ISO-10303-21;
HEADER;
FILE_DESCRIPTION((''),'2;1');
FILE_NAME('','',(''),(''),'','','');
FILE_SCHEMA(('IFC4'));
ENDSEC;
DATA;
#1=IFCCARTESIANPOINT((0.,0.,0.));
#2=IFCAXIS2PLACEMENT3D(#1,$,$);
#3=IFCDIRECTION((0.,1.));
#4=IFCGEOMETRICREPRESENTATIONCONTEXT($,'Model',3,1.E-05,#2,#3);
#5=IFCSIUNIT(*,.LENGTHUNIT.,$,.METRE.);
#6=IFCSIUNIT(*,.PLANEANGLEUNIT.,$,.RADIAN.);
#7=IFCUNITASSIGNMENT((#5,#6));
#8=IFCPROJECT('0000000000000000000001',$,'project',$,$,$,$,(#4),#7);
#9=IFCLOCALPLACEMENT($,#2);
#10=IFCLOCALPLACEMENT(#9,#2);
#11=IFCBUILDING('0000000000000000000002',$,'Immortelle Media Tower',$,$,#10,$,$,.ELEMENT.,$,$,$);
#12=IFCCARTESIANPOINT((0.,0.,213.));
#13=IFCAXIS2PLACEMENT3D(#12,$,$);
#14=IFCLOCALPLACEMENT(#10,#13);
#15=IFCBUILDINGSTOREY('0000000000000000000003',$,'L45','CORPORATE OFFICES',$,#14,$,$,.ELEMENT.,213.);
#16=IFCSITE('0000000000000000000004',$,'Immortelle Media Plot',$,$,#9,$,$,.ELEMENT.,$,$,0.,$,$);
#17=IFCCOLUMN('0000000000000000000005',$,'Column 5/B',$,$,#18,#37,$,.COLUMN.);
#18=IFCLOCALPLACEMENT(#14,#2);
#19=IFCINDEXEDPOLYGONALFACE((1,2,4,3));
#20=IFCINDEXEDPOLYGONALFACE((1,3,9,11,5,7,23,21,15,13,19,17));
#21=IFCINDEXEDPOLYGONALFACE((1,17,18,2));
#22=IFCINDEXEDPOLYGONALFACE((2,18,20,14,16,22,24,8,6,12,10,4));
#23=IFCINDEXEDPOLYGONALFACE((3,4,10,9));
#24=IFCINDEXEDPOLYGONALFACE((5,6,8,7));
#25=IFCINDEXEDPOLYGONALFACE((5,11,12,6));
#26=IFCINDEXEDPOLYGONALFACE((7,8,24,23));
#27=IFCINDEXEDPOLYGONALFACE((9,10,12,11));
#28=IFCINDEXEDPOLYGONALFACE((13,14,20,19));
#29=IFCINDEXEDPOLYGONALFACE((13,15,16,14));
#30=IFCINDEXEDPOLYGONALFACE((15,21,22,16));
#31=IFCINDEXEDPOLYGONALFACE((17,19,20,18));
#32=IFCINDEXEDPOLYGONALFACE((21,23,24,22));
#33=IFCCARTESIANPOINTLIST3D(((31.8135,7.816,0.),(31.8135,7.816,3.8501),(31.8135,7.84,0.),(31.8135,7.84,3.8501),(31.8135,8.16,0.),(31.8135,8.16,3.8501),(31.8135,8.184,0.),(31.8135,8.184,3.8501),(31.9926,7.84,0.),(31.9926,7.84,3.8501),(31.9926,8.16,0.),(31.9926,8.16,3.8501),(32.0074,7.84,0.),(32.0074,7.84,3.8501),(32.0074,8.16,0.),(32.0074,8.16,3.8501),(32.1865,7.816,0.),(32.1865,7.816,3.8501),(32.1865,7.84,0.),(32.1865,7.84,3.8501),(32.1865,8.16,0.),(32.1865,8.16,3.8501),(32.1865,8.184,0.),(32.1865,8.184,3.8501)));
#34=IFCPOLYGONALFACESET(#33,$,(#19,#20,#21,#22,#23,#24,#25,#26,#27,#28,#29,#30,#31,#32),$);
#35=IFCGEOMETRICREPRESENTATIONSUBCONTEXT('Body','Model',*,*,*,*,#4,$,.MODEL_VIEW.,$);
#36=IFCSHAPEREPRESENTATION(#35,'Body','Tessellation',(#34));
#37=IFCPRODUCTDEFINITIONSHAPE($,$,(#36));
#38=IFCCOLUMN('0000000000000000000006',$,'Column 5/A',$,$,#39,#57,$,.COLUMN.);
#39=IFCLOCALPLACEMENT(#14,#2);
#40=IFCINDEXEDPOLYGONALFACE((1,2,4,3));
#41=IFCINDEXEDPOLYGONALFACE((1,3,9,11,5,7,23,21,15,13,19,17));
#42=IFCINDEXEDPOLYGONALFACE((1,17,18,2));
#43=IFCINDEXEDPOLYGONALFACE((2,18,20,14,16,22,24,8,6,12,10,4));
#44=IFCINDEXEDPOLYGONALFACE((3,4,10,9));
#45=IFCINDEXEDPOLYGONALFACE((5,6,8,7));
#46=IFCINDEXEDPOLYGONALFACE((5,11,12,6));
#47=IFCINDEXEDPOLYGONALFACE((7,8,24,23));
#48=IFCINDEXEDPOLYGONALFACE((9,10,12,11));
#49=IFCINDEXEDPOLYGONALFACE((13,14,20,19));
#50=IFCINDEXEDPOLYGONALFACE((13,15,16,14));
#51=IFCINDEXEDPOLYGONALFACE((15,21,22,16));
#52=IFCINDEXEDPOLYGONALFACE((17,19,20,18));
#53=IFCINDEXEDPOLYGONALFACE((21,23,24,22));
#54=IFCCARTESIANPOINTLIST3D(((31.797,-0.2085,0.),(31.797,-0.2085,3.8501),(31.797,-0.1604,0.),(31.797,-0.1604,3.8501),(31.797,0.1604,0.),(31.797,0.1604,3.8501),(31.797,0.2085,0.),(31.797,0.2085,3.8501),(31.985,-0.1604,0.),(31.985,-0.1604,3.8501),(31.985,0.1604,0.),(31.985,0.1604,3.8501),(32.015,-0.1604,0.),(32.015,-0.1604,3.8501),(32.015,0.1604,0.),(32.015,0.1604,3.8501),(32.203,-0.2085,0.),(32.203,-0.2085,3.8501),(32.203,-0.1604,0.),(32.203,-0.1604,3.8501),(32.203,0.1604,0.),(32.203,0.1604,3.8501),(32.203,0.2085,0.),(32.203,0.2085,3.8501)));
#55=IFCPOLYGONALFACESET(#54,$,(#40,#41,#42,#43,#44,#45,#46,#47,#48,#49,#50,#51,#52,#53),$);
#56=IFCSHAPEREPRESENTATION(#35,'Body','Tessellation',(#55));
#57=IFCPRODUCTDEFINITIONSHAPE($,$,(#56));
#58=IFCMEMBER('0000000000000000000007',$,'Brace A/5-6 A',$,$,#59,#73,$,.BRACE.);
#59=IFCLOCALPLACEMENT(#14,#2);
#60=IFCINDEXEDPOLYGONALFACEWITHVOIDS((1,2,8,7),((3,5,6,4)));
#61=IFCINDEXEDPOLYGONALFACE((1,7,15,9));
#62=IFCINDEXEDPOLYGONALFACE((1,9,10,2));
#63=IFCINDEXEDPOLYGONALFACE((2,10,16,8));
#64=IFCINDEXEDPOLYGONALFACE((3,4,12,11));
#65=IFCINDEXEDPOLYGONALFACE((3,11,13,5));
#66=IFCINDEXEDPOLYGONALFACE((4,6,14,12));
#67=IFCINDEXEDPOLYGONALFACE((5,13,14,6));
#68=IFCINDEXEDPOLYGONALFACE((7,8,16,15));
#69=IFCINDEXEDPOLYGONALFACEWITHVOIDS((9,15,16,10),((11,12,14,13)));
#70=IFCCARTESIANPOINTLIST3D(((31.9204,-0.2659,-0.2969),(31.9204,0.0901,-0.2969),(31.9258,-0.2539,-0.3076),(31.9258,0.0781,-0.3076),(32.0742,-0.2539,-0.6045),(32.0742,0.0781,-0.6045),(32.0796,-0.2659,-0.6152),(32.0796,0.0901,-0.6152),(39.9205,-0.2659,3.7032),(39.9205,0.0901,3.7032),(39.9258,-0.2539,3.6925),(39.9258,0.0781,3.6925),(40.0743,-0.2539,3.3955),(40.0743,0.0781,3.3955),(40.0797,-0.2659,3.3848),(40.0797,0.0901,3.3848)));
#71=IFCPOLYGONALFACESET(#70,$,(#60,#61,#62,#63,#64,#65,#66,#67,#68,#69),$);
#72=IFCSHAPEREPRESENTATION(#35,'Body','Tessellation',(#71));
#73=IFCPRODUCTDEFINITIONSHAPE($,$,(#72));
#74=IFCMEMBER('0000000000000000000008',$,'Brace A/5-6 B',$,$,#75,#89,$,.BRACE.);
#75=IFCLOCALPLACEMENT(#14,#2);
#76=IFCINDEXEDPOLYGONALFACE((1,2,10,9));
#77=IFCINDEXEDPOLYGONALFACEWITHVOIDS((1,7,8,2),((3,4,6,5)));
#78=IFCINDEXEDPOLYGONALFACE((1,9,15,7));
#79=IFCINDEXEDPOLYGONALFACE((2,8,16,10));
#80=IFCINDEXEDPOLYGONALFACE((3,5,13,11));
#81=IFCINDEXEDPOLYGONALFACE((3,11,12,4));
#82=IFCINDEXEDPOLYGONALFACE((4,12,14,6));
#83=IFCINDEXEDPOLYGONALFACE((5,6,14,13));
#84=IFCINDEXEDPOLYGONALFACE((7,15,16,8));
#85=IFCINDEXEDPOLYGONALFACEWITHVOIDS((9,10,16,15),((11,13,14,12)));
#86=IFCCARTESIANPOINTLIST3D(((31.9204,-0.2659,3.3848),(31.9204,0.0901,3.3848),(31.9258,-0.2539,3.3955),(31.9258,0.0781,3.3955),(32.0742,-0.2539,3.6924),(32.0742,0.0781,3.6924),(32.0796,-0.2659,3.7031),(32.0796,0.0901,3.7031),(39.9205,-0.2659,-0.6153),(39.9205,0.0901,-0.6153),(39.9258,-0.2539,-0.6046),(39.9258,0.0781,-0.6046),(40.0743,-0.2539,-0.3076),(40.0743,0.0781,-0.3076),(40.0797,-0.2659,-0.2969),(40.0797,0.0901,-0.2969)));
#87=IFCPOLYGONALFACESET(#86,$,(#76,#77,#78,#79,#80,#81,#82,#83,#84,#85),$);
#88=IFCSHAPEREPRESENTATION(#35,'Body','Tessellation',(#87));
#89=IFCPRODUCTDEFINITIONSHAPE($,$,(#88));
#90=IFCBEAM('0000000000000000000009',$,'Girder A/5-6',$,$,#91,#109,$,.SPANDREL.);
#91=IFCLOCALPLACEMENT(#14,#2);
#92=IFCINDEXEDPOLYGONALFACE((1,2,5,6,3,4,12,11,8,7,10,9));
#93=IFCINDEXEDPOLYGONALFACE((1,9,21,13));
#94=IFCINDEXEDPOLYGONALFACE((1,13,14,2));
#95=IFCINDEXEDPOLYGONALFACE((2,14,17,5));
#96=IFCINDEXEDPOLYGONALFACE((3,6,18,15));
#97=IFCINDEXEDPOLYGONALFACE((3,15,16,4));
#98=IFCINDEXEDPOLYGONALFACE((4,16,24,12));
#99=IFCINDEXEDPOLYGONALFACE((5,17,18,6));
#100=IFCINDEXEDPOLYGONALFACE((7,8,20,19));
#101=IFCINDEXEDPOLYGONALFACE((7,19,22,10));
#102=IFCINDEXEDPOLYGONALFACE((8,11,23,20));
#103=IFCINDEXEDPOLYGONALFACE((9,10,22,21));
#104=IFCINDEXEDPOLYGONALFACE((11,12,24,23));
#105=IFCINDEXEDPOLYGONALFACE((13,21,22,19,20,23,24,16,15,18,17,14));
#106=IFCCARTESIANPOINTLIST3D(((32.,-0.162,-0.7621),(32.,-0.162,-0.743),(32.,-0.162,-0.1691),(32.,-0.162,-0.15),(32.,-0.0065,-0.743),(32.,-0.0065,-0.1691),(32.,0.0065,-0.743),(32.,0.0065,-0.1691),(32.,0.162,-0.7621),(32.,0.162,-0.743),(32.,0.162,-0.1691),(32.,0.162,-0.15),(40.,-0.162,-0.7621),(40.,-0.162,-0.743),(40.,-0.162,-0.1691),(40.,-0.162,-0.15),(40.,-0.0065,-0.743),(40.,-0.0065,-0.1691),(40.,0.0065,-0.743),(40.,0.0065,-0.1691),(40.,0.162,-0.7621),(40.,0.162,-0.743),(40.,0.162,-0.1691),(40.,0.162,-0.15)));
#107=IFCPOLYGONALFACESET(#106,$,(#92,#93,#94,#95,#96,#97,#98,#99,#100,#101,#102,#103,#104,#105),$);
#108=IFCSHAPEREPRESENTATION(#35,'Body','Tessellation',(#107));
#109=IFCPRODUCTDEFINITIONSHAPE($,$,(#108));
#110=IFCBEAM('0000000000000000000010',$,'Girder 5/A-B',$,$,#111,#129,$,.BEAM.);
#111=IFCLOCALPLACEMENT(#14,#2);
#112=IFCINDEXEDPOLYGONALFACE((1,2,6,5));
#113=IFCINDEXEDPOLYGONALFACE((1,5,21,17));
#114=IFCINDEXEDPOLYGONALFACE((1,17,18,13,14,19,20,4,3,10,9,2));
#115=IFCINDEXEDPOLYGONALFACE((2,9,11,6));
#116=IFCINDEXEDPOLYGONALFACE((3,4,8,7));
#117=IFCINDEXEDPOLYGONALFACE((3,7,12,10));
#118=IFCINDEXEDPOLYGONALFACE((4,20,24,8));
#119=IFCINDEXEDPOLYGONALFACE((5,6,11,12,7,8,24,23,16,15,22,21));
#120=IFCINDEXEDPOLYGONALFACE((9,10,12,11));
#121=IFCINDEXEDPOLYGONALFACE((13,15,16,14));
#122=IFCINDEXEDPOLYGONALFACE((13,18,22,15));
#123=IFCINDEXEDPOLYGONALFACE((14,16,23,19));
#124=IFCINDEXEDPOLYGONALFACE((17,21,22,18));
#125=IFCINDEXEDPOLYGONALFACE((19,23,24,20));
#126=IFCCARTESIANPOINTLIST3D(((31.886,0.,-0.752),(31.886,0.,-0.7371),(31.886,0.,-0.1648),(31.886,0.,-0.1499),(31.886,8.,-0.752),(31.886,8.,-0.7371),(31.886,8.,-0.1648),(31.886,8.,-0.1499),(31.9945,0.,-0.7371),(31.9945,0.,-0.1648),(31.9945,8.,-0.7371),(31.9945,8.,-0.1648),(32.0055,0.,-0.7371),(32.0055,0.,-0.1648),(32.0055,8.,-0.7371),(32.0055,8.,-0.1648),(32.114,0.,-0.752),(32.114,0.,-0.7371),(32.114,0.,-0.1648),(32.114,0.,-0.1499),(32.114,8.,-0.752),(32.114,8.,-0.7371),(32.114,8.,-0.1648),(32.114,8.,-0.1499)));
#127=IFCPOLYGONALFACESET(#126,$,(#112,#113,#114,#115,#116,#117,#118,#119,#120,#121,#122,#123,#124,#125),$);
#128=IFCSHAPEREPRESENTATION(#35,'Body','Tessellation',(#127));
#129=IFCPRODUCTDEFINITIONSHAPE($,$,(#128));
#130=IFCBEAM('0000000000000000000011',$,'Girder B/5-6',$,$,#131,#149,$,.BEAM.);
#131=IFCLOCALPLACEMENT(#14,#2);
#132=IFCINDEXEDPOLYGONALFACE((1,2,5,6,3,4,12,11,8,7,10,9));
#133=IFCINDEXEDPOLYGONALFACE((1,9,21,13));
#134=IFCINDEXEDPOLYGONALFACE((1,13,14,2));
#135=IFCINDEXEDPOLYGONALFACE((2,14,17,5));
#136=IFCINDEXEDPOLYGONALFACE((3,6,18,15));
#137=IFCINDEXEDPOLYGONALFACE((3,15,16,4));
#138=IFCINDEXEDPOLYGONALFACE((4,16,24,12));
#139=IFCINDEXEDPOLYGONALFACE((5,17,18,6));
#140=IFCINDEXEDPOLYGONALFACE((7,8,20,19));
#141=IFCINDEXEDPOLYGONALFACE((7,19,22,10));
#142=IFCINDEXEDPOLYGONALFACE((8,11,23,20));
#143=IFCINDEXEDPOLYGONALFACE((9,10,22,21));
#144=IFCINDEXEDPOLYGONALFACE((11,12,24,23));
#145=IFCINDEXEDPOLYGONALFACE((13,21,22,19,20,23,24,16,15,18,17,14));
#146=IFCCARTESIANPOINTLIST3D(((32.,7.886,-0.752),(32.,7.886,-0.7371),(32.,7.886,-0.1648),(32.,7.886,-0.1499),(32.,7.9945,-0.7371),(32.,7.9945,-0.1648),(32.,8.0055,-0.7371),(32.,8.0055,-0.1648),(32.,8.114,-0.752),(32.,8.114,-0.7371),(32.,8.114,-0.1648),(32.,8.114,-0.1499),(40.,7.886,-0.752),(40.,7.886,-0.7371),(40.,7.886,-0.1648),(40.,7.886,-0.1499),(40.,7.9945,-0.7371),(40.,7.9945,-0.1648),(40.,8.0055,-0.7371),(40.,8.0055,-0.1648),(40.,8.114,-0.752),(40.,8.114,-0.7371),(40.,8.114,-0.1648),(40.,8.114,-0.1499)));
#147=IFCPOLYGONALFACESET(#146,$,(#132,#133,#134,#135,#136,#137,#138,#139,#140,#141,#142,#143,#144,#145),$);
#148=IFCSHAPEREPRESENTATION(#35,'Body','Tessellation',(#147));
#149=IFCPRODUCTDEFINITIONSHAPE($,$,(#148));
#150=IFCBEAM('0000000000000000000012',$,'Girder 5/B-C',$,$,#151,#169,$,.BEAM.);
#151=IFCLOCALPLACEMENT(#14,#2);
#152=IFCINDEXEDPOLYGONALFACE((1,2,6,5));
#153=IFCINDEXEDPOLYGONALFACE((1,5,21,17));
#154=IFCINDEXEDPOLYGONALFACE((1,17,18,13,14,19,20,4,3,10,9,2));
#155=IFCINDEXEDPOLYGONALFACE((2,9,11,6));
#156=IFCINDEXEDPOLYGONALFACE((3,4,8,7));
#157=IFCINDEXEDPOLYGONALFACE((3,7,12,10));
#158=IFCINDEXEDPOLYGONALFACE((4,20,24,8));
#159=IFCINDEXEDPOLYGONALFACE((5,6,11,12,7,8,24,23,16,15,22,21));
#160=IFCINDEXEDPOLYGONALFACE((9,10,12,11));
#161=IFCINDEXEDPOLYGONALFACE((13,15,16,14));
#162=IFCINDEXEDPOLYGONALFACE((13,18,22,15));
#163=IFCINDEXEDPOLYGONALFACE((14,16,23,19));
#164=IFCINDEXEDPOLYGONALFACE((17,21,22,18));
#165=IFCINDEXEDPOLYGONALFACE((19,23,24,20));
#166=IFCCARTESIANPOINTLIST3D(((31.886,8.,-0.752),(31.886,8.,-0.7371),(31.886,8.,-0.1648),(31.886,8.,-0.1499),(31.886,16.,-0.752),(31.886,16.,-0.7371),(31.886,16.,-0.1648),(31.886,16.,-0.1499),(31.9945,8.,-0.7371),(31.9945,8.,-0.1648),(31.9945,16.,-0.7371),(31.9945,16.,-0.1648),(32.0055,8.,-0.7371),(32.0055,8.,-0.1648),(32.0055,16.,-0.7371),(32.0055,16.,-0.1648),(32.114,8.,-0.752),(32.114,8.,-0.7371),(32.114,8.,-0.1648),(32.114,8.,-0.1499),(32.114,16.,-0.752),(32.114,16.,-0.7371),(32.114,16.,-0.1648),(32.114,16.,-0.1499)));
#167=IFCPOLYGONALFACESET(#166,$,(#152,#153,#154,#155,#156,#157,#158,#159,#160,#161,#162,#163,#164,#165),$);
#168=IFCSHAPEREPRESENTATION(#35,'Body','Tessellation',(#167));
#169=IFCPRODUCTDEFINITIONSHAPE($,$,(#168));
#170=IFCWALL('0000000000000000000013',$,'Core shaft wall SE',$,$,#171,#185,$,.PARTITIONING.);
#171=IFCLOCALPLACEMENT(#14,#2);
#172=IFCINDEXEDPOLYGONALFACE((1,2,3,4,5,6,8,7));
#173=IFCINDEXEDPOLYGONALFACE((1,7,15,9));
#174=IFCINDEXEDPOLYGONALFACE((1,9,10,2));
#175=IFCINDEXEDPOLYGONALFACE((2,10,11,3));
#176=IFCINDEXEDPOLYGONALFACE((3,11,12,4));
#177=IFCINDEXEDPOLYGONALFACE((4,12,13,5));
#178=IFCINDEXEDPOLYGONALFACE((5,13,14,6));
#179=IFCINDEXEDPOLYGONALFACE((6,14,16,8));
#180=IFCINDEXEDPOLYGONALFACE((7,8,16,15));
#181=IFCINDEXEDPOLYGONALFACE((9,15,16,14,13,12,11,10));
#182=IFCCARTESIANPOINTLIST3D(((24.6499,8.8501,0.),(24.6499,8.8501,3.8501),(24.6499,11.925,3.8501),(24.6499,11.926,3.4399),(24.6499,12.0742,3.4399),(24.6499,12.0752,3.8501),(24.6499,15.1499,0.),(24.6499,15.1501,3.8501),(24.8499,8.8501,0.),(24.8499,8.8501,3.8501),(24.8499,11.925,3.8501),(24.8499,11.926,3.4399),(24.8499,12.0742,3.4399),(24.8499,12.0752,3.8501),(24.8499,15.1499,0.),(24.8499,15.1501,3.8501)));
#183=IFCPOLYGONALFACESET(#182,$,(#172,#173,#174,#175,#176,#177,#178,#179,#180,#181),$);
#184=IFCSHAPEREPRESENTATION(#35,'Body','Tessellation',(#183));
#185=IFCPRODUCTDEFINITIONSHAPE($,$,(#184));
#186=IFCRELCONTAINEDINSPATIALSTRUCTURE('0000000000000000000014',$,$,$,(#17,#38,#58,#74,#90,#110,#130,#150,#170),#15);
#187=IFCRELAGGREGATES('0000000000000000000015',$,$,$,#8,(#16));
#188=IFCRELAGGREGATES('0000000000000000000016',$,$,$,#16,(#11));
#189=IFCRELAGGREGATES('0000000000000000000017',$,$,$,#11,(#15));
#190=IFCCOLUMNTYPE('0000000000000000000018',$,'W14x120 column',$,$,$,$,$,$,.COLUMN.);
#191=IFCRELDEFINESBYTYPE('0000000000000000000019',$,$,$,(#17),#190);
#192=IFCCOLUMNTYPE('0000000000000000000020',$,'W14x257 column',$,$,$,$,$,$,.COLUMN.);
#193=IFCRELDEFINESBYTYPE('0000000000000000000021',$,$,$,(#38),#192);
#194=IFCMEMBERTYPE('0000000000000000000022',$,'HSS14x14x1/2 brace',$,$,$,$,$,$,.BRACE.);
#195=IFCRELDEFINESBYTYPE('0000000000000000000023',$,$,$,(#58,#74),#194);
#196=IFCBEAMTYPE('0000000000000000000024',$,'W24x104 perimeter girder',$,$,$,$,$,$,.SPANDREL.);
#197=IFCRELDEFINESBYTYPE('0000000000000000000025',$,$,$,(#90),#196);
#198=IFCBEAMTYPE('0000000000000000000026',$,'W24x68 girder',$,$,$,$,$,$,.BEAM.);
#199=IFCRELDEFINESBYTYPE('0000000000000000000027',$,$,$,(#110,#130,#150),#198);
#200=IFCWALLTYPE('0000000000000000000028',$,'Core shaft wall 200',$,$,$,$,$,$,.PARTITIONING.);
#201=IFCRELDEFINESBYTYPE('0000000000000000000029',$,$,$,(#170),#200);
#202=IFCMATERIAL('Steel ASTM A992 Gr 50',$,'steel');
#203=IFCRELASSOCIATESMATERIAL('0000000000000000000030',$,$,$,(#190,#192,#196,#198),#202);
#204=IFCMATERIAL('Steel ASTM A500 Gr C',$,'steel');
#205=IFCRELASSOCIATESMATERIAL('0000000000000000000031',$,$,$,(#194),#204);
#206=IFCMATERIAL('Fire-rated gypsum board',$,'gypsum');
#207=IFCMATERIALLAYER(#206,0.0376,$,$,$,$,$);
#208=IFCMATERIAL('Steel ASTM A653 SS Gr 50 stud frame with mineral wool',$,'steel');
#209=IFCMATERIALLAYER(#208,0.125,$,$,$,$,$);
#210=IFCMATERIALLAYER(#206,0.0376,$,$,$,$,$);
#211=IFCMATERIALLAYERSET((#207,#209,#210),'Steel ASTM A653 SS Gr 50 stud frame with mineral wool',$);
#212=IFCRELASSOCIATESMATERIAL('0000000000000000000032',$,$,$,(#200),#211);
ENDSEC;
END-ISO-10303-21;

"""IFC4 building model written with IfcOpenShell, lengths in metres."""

from ifc_helpers import new_model, si_unit, direction, frame, origin, origin_2d, place, context, subcontext, project, spatial, polyline, hollow_rectangle, i_section, outline, extrude, material, layer, layer_set, material_profile, profile_set, type_object, element, save


model = new_model("IFC4")

# Units and contexts
model_context = context("Model", 3, precision=1e-05, world=origin(), true_north=direction((0.0, 1.0)))
body_context = subcontext(model_context, "Body", "Model", "MODEL_VIEW")
ifc_project = project(units=[si_unit("LENGTHUNIT", "METRE"), si_unit("PLANEANGLEUNIT", "RADIAN")], contexts=[model_context])

# Site, building, storey
site_placement = place(None, origin())
site = spatial("IfcSite", under=ifc_project, at=site_placement, Name="Immortelle Media Plot", CompositionType="ELEMENT", RefElevation=0.0)
building_placement = place(site_placement, origin())
building = spatial("IfcBuilding", under=site, at=building_placement, Name="Immortelle Media Tower", CompositionType="ELEMENT")
storey_placement = place(building_placement, frame((0.0, 0.0, 213.0)))
storey = spatial("IfcBuildingStorey", under=building, at=storey_placement, Name="L45", Description="CORPORATE OFFICES", CompositionType="ELEMENT", Elevation=213.0)

# Columns
ifc_material_1 = material(Name="Steel ASTM A992 Gr 50", Category="steel")
ifc_material_profile_1 = material_profile(ifc_material_1, i_section(OverallWidth=0.373, OverallDepth=0.3679, WebThickness=0.0149, FlangeThickness=0.0239, at=origin_2d()), Name="W14x120")
ifc_profile_set_1 = profile_set([ifc_material_profile_1], Name="Steel ASTM A992 Gr 50")
column_type_1 = type_object("IfcColumnType", Name="W14x120 column", PredefinedType="COLUMN", material=ifc_profile_set_1)
column_1_placement = place(storey_placement, frame((32.0, 8.0, 0.0), z_axis=(0.0, 0.0, 1.0), x_axis=(1.0, 0.0, 0.0)))
element("IfcColumn", 1, at=column_1_placement, inside=storey, type_object=column_type_1, Name="Column 5/B", PredefinedType="COLUMN", context=body_context, shape_type="SweptSolid", body=[
    extrude(i_section(OverallWidth=0.373, OverallDepth=0.3679, WebThickness=0.0149, FlangeThickness=0.0239, at=origin_2d()), origin(), (0.0, 0.0, 1.0), 3.8501),
])
ifc_material_profile_2 = material_profile(ifc_material_1, i_section(OverallWidth=0.406, OverallDepth=0.417, WebThickness=0.03, FlangeThickness=0.0481, at=origin_2d()), Name="W14x257")
ifc_profile_set_2 = profile_set([ifc_material_profile_2], Name="Steel ASTM A992 Gr 50")
column_type_2 = type_object("IfcColumnType", Name="W14x257 column", PredefinedType="COLUMN", material=ifc_profile_set_2)
column_2_placement = place(storey_placement, frame((32.0, 0.0, 0.0), z_axis=(0.0, 0.0, 1.0), x_axis=(1.0, 0.0, 0.0)))
element("IfcColumn", 2, at=column_2_placement, inside=storey, type_object=column_type_2, Name="Column 5/A", PredefinedType="COLUMN", context=body_context, shape_type="SweptSolid", body=[
    extrude(i_section(OverallWidth=0.406, OverallDepth=0.417, WebThickness=0.03, FlangeThickness=0.0481, at=origin_2d()), origin(), (0.0, 0.0, 1.0), 3.8501),
])

# Members
ifc_material_2 = material(Name="Steel ASTM A500 Gr C", Category="steel")
ifc_material_profile_3 = material_profile(ifc_material_2, hollow_rectangle(XDim=0.356, YDim=0.356, WallThickness=0.012, at=origin_2d()), Name="HSS14x14x1/2 brace")
ifc_profile_set_3 = profile_set([ifc_material_profile_3], Name="Steel ASTM A500 Gr C")
member_type = type_object("IfcMemberType", Name="HSS14x14x1/2 brace", PredefinedType="BRACE", material=ifc_profile_set_3)
for number, where, z_axis, x_axis, name in (
    (3, (32.0, -0.0879, -0.4561), (0.894427, 0.0, 0.447214), (0.0, 1.0, 0.0), "Brace A/5-6 A"),
    (4, (32.0, -0.0879, 3.5439), (0.894427, 0.0, -0.447214), (0.0, 1.0, 0.0), "Brace A/5-6 B"),
):
    element("IfcMember", number, at=place(storey_placement, frame(where, z_axis=z_axis, x_axis=x_axis)), inside=storey, type_object=member_type, Name=name, PredefinedType="BRACE", context=body_context, shape_type="SweptSolid", body=[
        extrude(hollow_rectangle(XDim=0.356, YDim=0.356, WallThickness=0.012, at=origin_2d()), origin(), (0.0, 0.0, 1.0), 8.9443),
    ])

# Beams
ifc_material_profile_4 = material_profile(ifc_material_1, i_section(OverallWidth=0.324, OverallDepth=0.6121, WebThickness=0.0129, FlangeThickness=0.019, at=origin_2d()), Name="W24x104")
ifc_profile_set_4 = profile_set([ifc_material_profile_4], Name="Steel ASTM A992 Gr 50")
beam_type_1 = type_object("IfcBeamType", Name="W24x104 perimeter girder", PredefinedType="SPANDREL", material=ifc_profile_set_4)
beam_placement = place(storey_placement, frame((32.0, 0.0, -0.4561), z_axis=(1.0, 0.0, 0.0), x_axis=(0.0, 1.0, 0.0)))
element("IfcBeam", 5, at=beam_placement, inside=storey, type_object=beam_type_1, Name="Girder A/5-6", PredefinedType="SPANDREL", context=body_context, shape_type="SweptSolid", body=[
    extrude(i_section(OverallWidth=0.324, OverallDepth=0.6121, WebThickness=0.0129, FlangeThickness=0.019, at=origin_2d()), origin(), (0.0, 0.0, 1.0), 8.0),
])
ifc_material_profile_5 = material_profile(ifc_material_1, i_section(OverallWidth=0.228, OverallDepth=0.6021, WebThickness=0.011, FlangeThickness=0.0149, at=origin_2d()), Name="W24x68")
ifc_profile_set_5 = profile_set([ifc_material_profile_5], Name="Steel ASTM A992 Gr 50")
beam_type_2 = type_object("IfcBeamType", Name="W24x68 girder", PredefinedType="BEAM", material=ifc_profile_set_5)
for number, where, z_axis, x_axis, name in (
    (6, (32.0, 0.0, -0.4509), (0.0, 1.0, 0.0), (-1.0, 0.0, 0.0), "Girder 5/A-B"),
    (7, (32.0, 8.0, -0.4509), (1.0, 0.0, 0.0), (0.0, 1.0, 0.0), "Girder B/5-6"),
    (8, (32.0, 8.0, -0.4509), (0.0, 1.0, 0.0), (-1.0, 0.0, 0.0), "Girder 5/B-C"),
):
    element("IfcBeam", number, at=place(storey_placement, frame(where, z_axis=z_axis, x_axis=x_axis)), inside=storey, type_object=beam_type_2, Name=name, PredefinedType="BEAM", context=body_context, shape_type="SweptSolid", body=[
        extrude(i_section(OverallWidth=0.228, OverallDepth=0.6021, WebThickness=0.011, FlangeThickness=0.0149, at=origin_2d()), origin(), (0.0, 0.0, 1.0), 8.0),
    ])

# Wall
ifc_material_3 = material(Name="Fire-rated gypsum board", Category="gypsum")
ifc_layer_1 = layer(ifc_material_3, 0.0376)
ifc_material_4 = material(Name="Steel ASTM A653 SS Gr 50 stud frame with mineral wool", Category="steel")
ifc_layer_2 = layer(ifc_material_4, 0.125)
ifc_layer_3 = layer(ifc_material_3, 0.0376)
ifc_layer_set_1 = layer_set([ifc_layer_1, ifc_layer_2, ifc_layer_3], Name="Steel ASTM A653 SS Gr 50 stud frame with mineral wool")
wall_type_1 = type_object("IfcWallType", Name="Core shaft wall 200", PredefinedType="PARTITIONING", material=ifc_layer_set_1)
wall_1_placement = place(storey_placement, frame((24.75, 8.8501, 0.0), z_axis=(0.0, 0.0, 1.0), x_axis=(0.0, 1.0, 0.0)))
element("IfcWall", 9, at=wall_1_placement, inside=storey, type_object=wall_type_1, Name="Core shaft wall SE", PredefinedType="PARTITIONING", context=body_context, shape_type="SweptSolid", body=[
    extrude(outline(polyline([(0.0, 0.0), (6.2998, 0.0), (6.3, 3.8501), (3.2251, 3.8501), (3.2241, 3.4399), (3.0759, 3.4399), (3.075, 3.8501), (0.0, 3.8501), (0.0, 0.0)])), frame((0.0, 0.1001, 0.0), z_axis=(0.0, -1.0, 0.0), x_axis=(1.0, 0.0, 0.0)), (0.0, 0.0, 1.0), 0.2),
])

save(model, "model.ifc")
